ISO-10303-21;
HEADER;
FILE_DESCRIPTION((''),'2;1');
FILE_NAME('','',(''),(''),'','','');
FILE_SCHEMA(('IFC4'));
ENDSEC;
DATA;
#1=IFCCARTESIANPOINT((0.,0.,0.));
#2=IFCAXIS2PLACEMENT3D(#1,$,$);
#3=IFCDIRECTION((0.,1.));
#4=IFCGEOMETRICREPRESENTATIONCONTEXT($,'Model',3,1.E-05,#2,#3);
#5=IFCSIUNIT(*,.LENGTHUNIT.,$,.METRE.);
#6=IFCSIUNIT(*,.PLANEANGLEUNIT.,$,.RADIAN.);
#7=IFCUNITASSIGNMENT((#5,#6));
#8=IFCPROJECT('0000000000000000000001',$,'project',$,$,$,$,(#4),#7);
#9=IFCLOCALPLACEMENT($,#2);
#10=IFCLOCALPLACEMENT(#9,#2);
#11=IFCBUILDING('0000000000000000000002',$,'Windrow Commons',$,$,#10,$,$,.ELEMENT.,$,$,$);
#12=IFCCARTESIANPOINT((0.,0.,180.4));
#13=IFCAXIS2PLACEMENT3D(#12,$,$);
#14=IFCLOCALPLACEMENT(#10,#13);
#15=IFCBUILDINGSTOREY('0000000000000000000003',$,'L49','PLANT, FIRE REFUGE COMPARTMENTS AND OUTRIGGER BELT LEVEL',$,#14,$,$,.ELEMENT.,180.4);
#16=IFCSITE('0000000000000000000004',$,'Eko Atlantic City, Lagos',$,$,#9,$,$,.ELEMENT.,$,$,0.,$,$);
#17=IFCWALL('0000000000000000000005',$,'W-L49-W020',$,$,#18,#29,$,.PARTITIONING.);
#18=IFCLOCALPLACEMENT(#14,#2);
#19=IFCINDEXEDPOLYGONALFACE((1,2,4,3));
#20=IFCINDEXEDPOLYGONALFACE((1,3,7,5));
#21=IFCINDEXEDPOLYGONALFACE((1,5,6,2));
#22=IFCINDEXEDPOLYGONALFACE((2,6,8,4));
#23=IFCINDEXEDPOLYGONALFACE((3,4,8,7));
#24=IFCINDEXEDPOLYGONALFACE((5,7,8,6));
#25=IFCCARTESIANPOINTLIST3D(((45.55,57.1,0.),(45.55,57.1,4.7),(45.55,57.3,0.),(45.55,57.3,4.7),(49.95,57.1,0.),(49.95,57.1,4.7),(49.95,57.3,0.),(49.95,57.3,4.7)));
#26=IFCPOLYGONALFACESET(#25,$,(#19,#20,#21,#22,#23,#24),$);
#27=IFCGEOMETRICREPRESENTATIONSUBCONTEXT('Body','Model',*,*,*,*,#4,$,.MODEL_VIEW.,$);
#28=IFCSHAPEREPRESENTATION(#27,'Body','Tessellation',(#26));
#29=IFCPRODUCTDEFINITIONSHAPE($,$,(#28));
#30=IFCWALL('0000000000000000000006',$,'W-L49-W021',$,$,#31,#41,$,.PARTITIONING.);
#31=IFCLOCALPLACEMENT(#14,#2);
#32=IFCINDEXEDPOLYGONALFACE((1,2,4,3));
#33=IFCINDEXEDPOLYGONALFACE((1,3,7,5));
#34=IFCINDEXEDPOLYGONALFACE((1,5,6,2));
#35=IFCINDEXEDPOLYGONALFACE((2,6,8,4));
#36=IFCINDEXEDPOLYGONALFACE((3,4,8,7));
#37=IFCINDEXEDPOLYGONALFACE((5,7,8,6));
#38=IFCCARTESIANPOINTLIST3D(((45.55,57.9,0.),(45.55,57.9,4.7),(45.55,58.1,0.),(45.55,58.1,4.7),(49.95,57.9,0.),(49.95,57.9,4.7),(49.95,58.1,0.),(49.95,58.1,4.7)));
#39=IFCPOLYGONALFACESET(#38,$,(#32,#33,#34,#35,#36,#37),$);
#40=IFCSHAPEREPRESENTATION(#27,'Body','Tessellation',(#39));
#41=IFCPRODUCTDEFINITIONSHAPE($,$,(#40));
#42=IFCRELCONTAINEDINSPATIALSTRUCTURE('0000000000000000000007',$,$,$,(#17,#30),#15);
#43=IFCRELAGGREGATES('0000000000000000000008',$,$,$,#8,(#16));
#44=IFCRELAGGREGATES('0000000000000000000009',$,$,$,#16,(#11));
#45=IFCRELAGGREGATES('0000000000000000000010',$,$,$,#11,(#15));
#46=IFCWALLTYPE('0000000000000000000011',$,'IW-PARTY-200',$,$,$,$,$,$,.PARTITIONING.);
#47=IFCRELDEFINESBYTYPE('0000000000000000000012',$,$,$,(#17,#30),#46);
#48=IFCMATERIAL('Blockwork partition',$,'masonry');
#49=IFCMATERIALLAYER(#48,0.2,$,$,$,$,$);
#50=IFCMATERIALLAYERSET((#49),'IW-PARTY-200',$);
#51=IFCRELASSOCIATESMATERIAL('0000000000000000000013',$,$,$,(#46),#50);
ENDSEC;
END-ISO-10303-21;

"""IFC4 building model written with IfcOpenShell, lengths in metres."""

from ifc_helpers import new_model, si_unit, direction, frame, frame_2d, origin, place, context, subcontext, project, spatial, rectangle, extrude, material, layer, layer_set, type_object, element, save


model = new_model("IFC4")

# Units and contexts
model_context = context("Model", 3, precision=1e-05, world=origin(), true_north=direction((0.0, 1.0)))
body_context = subcontext(model_context, "Body", "Model", "MODEL_VIEW")
ifc_project = project(units=[si_unit("LENGTHUNIT", "METRE"), si_unit("PLANEANGLEUNIT", "RADIAN")], contexts=[model_context])

# Site, building, storey
site_placement = place(None, origin())
site = spatial("IfcSite", under=ifc_project, at=site_placement, Name="Eko Atlantic City, Lagos", CompositionType="ELEMENT", RefElevation=0.0)
building_placement = place(site_placement, origin())
building = spatial("IfcBuilding", under=site, at=building_placement, Name="Windrow Commons", CompositionType="ELEMENT")
storey_placement = place(building_placement, frame((0.0, 0.0, 180.4)))
storey = spatial("IfcBuildingStorey", under=building, at=storey_placement, Name="L49", Description="PLANT, FIRE REFUGE COMPARTMENTS AND OUTRIGGER BELT LEVEL", CompositionType="ELEMENT", Elevation=180.4)

# Walls
ifc_material_1 = material(Name="Blockwork partition", Category="masonry")
ifc_layer_1 = layer(ifc_material_1, 0.2)
ifc_layer_set_1 = layer_set([ifc_layer_1], Name="IW-PARTY-200")
wall_type_1 = type_object("IfcWallType", Name="IW-PARTY-200", PredefinedType="PARTITIONING", material=ifc_layer_set_1)
for number, where, z_axis, x_axis, name in (
    (1, (45.55, 57.2, 0.0), (0.0, 0.0, 1.0), (1.0, 0.0, 0.0), "W-L49-W020"),
    (2, (45.55, 58.0, 0.0), (0.0, 0.0, 1.0), (1.0, 0.0, 0.0), "W-L49-W021"),
):
    element("IfcWall", number, at=place(storey_placement, frame(where, z_axis=z_axis, x_axis=x_axis)), inside=storey, type_object=wall_type_1, Name=name, PredefinedType="PARTITIONING", context=body_context, shape_type="SweptSolid", body=[
        extrude(rectangle(XDim=4.4, YDim=0.2, at=frame_2d((2.2, 0.0))), origin(), (0.0, 0.0, 1.0), 4.7),
    ])

save(model, "model.ifc")
